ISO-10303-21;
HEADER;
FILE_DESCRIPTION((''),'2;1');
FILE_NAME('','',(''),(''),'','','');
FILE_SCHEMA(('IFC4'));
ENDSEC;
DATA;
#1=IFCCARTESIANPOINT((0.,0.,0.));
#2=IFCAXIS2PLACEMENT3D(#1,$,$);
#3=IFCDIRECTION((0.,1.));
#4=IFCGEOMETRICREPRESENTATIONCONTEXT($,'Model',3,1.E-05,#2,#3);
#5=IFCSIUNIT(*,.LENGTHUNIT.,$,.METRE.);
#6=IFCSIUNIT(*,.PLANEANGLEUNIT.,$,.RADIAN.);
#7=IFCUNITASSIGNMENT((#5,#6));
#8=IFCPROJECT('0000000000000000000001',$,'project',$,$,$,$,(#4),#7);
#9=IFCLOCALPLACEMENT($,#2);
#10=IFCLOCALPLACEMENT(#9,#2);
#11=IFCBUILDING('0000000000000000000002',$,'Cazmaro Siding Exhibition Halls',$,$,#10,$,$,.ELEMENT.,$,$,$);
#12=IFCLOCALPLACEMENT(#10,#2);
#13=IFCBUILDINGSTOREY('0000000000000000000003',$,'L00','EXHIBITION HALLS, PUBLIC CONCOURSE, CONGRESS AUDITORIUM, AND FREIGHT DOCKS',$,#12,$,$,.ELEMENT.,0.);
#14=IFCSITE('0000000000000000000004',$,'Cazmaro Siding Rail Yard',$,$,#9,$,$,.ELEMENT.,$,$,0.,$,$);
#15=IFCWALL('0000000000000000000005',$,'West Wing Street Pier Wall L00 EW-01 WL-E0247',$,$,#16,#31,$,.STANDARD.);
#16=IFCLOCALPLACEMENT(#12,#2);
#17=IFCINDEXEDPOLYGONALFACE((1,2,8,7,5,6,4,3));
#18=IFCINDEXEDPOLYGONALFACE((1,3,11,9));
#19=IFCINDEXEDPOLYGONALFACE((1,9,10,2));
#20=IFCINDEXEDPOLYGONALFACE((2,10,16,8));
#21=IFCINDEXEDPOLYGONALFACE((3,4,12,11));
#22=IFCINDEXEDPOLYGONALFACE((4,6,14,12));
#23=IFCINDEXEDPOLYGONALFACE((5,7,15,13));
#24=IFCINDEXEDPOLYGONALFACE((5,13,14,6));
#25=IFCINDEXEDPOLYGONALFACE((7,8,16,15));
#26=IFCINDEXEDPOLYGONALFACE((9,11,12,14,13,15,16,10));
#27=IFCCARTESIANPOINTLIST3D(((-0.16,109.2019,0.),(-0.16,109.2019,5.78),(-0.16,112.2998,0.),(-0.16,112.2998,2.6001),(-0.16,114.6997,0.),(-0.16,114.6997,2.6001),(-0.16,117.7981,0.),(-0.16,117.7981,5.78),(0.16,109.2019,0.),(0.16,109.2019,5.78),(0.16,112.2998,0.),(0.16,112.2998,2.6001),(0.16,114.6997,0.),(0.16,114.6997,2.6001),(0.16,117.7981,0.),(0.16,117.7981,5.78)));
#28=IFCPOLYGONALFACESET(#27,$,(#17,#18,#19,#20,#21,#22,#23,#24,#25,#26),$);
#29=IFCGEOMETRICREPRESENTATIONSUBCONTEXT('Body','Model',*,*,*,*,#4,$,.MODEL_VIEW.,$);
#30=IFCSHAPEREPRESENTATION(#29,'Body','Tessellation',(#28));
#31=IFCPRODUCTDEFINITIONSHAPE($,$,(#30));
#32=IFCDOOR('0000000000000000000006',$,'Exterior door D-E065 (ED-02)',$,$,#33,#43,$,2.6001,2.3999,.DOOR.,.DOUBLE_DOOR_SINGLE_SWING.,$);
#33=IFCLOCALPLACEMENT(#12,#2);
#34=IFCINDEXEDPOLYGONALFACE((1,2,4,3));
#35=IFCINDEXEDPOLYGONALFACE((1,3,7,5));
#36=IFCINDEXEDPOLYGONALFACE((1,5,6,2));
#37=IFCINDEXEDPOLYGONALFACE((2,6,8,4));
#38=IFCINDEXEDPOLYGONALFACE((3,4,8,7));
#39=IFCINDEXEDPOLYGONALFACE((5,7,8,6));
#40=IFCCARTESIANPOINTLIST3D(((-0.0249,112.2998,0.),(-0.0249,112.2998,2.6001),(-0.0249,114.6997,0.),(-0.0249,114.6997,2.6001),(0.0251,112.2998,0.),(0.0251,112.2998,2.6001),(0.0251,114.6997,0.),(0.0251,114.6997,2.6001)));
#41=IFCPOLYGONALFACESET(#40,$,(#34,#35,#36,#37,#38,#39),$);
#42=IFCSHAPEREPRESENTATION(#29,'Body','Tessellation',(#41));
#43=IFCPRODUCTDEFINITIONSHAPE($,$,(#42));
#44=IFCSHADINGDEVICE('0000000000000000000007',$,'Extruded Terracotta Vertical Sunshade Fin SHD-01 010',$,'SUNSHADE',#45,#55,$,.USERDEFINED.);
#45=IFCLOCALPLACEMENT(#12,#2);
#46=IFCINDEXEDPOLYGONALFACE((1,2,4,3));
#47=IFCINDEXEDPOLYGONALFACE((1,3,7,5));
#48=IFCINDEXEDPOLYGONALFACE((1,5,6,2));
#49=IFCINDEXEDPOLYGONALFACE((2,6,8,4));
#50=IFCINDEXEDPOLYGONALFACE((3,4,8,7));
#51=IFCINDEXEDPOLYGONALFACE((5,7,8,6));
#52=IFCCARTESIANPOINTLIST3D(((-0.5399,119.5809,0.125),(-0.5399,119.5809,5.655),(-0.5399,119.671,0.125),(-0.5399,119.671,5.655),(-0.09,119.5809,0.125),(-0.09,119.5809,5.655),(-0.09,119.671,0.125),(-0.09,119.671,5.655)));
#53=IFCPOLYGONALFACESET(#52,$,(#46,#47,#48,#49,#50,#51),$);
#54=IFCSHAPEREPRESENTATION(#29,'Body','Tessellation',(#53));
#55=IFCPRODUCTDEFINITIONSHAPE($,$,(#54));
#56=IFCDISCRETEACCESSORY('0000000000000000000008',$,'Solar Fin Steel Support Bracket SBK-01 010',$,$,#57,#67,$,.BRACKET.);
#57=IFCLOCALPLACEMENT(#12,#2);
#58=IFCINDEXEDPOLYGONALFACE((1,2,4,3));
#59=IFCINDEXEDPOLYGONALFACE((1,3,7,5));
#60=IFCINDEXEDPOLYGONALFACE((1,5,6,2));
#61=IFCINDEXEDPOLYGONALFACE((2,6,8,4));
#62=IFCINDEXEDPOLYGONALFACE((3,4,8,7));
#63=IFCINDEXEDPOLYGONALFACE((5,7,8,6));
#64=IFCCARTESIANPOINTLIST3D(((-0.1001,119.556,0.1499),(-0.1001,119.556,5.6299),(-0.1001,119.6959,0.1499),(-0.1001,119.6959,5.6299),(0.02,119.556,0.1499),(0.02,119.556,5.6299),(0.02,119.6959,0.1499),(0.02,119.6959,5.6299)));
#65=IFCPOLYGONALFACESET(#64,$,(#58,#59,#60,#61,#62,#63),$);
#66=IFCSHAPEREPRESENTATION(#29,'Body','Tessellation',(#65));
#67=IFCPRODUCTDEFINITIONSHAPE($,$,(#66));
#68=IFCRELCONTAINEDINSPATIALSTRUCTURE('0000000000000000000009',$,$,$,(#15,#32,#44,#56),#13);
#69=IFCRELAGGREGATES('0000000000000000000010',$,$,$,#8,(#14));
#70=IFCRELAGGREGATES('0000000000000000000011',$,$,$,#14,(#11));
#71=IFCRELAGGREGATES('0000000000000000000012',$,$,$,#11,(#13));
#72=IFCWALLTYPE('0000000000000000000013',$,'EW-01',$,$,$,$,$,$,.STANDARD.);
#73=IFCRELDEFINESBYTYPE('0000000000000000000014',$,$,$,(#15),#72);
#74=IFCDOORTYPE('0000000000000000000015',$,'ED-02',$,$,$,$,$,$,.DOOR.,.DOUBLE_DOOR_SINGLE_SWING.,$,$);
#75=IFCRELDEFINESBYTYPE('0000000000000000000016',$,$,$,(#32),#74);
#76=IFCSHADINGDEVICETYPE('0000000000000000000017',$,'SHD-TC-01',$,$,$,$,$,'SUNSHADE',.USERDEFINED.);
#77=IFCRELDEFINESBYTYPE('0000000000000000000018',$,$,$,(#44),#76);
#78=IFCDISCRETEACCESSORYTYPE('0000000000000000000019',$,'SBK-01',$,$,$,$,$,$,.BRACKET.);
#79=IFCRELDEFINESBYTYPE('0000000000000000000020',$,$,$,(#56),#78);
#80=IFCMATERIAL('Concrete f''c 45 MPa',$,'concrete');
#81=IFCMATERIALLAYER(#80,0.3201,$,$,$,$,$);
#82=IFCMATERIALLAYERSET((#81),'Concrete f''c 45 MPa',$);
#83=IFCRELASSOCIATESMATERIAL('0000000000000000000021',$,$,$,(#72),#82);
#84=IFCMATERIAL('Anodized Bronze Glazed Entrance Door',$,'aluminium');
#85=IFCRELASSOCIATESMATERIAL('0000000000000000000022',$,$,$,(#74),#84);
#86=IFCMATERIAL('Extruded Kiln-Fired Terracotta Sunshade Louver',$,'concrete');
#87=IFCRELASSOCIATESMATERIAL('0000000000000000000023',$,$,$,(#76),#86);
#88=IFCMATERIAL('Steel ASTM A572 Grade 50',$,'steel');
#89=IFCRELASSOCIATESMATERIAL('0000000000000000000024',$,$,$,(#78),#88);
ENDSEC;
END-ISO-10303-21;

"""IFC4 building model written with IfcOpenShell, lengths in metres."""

from ifc_helpers import new_model, si_unit, direction, frame, frame_2d, origin, origin_2d, place, context, subcontext, project, spatial, rectangle, extrude, material, layer, layer_set, type_object, element, fill, save


model = new_model("IFC4")

# Units and contexts
model_context = context("Model", 3, precision=1e-05, world=origin(), true_north=direction((0.0, 1.0)))
body_context = subcontext(model_context, "Body", "Model", "MODEL_VIEW")
ifc_project = project(units=[si_unit("LENGTHUNIT", "METRE"), si_unit("PLANEANGLEUNIT", "RADIAN")], contexts=[model_context])

# Site, building, storey
site_placement = place(None, origin())
site = spatial("IfcSite", under=ifc_project, at=site_placement, Name="Cazmaro Siding Rail Yard", CompositionType="ELEMENT", RefElevation=0.0)
building_placement = place(site_placement, origin())
building = spatial("IfcBuilding", under=site, at=building_placement, Name="Cazmaro Siding Exhibition Halls", CompositionType="ELEMENT")
storey_placement = place(building_placement, origin())
storey = spatial("IfcBuildingStorey", under=building, at=storey_placement, Name="L00", Description="EXHIBITION HALLS, PUBLIC CONCOURSE, CONGRESS AUDITORIUM, AND FREIGHT DOCKS", CompositionType="ELEMENT", Elevation=0.0)

# Wall, opening, door
ifc_material_1 = material(Name="Concrete f'c 45 MPa", Category="concrete")
ifc_layer_1 = layer(ifc_material_1, 0.3201)
ifc_layer_set_1 = layer_set([ifc_layer_1], Name="Concrete f'c 45 MPa")
wall_type = type_object("IfcWallType", Name="EW-01", PredefinedType="STANDARD", material=ifc_layer_set_1)
wall_placement = place(storey_placement, frame((0.0, 109.2019, 0.0), z_axis=(0.0, 0.0, 1.0), x_axis=(0.0, 1.0, 0.0)))
wall = element("IfcWall", 1, at=wall_placement, inside=storey, type_object=wall_type, Name="West Wing Street Pier Wall L00 EW-01 WL-E0247", PredefinedType="STANDARD", context=body_context, shape_type="SweptSolid", body=[
    extrude(rectangle(XDim=8.5962, YDim=0.3201, at=frame_2d((4.2981, 0.0))), origin(), (0.0, 0.0, 1.0), 5.78),
])
opening_placement = place(wall_placement, frame((3.0979, 0.0, 0.0)))
opening = element("IfcOpeningElement", 2, at=opening_placement, cuts=wall, PredefinedType="OPENING", context=body_context, shape_type="SweptSolid", body=[
    extrude(rectangle(XDim=2.3999, YDim=2.6001, at=frame_2d((1.2, 1.3))), frame((0.0, 0.1699, 0.0), z_axis=(0.0, -1.0, 0.0), x_axis=(1.0, 0.0, 0.0)), (0.0, 0.0, 1.0), 0.3401),
])
ifc_material_2 = material(Name="Anodized Bronze Glazed Entrance Door", Category="aluminium")
door_type = type_object("IfcDoorType", Name="ED-02", OperationType="DOUBLE_DOOR_SINGLE_SWING", PredefinedType="DOOR", material=ifc_material_2)
door_placement = place(opening_placement, origin())
door = element("IfcDoor", 3, at=door_placement, inside=storey, type_object=door_type, Name="Exterior door D-E065 (ED-02)", OperationType="DOUBLE_DOOR_SINGLE_SWING", OverallHeight=2.6001, OverallWidth=2.3999, PredefinedType="DOOR", context=body_context, shape_type="SweptSolid", body=[
    extrude(rectangle(XDim=2.3999, YDim=2.6001, at=frame_2d((1.2, 1.3))), frame((0.0, 0.0249, 0.0), z_axis=(0.0, -1.0, 0.0), x_axis=(1.0, 0.0, 0.0)), (0.0, 0.0, 1.0), 0.05),
])
fill(opening, door)

# Shading device
ifc_material_3 = material(Name="Extruded Kiln-Fired Terracotta Sunshade Louver", Category="concrete")
shading_device_type = type_object("IfcShadingDeviceType", Name="SHD-TC-01", ElementType="SUNSHADE", PredefinedType="USERDEFINED", material=ifc_material_3)
shading_device_placement = place(storey_placement, frame((-0.3149, 119.626, 0.125), z_axis=(0.0, 0.0, 1.0), x_axis=(1.0, 0.0, 0.0)))
element("IfcShadingDevice", 4, at=shading_device_placement, inside=storey, type_object=shading_device_type, Name="Extruded Terracotta Vertical Sunshade Fin SHD-01 010", ObjectType="SUNSHADE", PredefinedType="USERDEFINED", context=body_context, shape_type="SweptSolid", body=[
    extrude(rectangle(XDim=0.45, YDim=0.0901, at=origin_2d()), origin(), (0.0, 0.0, 1.0), 5.53),
])

# Discrete accessory
ifc_material_4 = material(Name="Steel ASTM A572 Grade 50", Category="steel")
discrete_accessory_type = type_object("IfcDiscreteAccessoryType", Name="SBK-01", PredefinedType="BRACKET", material=ifc_material_4)
discrete_accessory_placement = place(storey_placement, frame((-0.04, 119.626, 0.1499), z_axis=(0.0, 0.0, 1.0), x_axis=(1.0, 0.0, 0.0)))
element("IfcDiscreteAccessory", 5, at=discrete_accessory_placement, inside=storey, type_object=discrete_accessory_type, Name="Solar Fin Steel Support Bracket SBK-01 010", PredefinedType="BRACKET", context=body_context, shape_type="SweptSolid", body=[
    extrude(rectangle(XDim=0.1201, YDim=0.1399, at=origin_2d()), origin(), (0.0, 0.0, 1.0), 5.48),
])

save(model, "model.ifc")
